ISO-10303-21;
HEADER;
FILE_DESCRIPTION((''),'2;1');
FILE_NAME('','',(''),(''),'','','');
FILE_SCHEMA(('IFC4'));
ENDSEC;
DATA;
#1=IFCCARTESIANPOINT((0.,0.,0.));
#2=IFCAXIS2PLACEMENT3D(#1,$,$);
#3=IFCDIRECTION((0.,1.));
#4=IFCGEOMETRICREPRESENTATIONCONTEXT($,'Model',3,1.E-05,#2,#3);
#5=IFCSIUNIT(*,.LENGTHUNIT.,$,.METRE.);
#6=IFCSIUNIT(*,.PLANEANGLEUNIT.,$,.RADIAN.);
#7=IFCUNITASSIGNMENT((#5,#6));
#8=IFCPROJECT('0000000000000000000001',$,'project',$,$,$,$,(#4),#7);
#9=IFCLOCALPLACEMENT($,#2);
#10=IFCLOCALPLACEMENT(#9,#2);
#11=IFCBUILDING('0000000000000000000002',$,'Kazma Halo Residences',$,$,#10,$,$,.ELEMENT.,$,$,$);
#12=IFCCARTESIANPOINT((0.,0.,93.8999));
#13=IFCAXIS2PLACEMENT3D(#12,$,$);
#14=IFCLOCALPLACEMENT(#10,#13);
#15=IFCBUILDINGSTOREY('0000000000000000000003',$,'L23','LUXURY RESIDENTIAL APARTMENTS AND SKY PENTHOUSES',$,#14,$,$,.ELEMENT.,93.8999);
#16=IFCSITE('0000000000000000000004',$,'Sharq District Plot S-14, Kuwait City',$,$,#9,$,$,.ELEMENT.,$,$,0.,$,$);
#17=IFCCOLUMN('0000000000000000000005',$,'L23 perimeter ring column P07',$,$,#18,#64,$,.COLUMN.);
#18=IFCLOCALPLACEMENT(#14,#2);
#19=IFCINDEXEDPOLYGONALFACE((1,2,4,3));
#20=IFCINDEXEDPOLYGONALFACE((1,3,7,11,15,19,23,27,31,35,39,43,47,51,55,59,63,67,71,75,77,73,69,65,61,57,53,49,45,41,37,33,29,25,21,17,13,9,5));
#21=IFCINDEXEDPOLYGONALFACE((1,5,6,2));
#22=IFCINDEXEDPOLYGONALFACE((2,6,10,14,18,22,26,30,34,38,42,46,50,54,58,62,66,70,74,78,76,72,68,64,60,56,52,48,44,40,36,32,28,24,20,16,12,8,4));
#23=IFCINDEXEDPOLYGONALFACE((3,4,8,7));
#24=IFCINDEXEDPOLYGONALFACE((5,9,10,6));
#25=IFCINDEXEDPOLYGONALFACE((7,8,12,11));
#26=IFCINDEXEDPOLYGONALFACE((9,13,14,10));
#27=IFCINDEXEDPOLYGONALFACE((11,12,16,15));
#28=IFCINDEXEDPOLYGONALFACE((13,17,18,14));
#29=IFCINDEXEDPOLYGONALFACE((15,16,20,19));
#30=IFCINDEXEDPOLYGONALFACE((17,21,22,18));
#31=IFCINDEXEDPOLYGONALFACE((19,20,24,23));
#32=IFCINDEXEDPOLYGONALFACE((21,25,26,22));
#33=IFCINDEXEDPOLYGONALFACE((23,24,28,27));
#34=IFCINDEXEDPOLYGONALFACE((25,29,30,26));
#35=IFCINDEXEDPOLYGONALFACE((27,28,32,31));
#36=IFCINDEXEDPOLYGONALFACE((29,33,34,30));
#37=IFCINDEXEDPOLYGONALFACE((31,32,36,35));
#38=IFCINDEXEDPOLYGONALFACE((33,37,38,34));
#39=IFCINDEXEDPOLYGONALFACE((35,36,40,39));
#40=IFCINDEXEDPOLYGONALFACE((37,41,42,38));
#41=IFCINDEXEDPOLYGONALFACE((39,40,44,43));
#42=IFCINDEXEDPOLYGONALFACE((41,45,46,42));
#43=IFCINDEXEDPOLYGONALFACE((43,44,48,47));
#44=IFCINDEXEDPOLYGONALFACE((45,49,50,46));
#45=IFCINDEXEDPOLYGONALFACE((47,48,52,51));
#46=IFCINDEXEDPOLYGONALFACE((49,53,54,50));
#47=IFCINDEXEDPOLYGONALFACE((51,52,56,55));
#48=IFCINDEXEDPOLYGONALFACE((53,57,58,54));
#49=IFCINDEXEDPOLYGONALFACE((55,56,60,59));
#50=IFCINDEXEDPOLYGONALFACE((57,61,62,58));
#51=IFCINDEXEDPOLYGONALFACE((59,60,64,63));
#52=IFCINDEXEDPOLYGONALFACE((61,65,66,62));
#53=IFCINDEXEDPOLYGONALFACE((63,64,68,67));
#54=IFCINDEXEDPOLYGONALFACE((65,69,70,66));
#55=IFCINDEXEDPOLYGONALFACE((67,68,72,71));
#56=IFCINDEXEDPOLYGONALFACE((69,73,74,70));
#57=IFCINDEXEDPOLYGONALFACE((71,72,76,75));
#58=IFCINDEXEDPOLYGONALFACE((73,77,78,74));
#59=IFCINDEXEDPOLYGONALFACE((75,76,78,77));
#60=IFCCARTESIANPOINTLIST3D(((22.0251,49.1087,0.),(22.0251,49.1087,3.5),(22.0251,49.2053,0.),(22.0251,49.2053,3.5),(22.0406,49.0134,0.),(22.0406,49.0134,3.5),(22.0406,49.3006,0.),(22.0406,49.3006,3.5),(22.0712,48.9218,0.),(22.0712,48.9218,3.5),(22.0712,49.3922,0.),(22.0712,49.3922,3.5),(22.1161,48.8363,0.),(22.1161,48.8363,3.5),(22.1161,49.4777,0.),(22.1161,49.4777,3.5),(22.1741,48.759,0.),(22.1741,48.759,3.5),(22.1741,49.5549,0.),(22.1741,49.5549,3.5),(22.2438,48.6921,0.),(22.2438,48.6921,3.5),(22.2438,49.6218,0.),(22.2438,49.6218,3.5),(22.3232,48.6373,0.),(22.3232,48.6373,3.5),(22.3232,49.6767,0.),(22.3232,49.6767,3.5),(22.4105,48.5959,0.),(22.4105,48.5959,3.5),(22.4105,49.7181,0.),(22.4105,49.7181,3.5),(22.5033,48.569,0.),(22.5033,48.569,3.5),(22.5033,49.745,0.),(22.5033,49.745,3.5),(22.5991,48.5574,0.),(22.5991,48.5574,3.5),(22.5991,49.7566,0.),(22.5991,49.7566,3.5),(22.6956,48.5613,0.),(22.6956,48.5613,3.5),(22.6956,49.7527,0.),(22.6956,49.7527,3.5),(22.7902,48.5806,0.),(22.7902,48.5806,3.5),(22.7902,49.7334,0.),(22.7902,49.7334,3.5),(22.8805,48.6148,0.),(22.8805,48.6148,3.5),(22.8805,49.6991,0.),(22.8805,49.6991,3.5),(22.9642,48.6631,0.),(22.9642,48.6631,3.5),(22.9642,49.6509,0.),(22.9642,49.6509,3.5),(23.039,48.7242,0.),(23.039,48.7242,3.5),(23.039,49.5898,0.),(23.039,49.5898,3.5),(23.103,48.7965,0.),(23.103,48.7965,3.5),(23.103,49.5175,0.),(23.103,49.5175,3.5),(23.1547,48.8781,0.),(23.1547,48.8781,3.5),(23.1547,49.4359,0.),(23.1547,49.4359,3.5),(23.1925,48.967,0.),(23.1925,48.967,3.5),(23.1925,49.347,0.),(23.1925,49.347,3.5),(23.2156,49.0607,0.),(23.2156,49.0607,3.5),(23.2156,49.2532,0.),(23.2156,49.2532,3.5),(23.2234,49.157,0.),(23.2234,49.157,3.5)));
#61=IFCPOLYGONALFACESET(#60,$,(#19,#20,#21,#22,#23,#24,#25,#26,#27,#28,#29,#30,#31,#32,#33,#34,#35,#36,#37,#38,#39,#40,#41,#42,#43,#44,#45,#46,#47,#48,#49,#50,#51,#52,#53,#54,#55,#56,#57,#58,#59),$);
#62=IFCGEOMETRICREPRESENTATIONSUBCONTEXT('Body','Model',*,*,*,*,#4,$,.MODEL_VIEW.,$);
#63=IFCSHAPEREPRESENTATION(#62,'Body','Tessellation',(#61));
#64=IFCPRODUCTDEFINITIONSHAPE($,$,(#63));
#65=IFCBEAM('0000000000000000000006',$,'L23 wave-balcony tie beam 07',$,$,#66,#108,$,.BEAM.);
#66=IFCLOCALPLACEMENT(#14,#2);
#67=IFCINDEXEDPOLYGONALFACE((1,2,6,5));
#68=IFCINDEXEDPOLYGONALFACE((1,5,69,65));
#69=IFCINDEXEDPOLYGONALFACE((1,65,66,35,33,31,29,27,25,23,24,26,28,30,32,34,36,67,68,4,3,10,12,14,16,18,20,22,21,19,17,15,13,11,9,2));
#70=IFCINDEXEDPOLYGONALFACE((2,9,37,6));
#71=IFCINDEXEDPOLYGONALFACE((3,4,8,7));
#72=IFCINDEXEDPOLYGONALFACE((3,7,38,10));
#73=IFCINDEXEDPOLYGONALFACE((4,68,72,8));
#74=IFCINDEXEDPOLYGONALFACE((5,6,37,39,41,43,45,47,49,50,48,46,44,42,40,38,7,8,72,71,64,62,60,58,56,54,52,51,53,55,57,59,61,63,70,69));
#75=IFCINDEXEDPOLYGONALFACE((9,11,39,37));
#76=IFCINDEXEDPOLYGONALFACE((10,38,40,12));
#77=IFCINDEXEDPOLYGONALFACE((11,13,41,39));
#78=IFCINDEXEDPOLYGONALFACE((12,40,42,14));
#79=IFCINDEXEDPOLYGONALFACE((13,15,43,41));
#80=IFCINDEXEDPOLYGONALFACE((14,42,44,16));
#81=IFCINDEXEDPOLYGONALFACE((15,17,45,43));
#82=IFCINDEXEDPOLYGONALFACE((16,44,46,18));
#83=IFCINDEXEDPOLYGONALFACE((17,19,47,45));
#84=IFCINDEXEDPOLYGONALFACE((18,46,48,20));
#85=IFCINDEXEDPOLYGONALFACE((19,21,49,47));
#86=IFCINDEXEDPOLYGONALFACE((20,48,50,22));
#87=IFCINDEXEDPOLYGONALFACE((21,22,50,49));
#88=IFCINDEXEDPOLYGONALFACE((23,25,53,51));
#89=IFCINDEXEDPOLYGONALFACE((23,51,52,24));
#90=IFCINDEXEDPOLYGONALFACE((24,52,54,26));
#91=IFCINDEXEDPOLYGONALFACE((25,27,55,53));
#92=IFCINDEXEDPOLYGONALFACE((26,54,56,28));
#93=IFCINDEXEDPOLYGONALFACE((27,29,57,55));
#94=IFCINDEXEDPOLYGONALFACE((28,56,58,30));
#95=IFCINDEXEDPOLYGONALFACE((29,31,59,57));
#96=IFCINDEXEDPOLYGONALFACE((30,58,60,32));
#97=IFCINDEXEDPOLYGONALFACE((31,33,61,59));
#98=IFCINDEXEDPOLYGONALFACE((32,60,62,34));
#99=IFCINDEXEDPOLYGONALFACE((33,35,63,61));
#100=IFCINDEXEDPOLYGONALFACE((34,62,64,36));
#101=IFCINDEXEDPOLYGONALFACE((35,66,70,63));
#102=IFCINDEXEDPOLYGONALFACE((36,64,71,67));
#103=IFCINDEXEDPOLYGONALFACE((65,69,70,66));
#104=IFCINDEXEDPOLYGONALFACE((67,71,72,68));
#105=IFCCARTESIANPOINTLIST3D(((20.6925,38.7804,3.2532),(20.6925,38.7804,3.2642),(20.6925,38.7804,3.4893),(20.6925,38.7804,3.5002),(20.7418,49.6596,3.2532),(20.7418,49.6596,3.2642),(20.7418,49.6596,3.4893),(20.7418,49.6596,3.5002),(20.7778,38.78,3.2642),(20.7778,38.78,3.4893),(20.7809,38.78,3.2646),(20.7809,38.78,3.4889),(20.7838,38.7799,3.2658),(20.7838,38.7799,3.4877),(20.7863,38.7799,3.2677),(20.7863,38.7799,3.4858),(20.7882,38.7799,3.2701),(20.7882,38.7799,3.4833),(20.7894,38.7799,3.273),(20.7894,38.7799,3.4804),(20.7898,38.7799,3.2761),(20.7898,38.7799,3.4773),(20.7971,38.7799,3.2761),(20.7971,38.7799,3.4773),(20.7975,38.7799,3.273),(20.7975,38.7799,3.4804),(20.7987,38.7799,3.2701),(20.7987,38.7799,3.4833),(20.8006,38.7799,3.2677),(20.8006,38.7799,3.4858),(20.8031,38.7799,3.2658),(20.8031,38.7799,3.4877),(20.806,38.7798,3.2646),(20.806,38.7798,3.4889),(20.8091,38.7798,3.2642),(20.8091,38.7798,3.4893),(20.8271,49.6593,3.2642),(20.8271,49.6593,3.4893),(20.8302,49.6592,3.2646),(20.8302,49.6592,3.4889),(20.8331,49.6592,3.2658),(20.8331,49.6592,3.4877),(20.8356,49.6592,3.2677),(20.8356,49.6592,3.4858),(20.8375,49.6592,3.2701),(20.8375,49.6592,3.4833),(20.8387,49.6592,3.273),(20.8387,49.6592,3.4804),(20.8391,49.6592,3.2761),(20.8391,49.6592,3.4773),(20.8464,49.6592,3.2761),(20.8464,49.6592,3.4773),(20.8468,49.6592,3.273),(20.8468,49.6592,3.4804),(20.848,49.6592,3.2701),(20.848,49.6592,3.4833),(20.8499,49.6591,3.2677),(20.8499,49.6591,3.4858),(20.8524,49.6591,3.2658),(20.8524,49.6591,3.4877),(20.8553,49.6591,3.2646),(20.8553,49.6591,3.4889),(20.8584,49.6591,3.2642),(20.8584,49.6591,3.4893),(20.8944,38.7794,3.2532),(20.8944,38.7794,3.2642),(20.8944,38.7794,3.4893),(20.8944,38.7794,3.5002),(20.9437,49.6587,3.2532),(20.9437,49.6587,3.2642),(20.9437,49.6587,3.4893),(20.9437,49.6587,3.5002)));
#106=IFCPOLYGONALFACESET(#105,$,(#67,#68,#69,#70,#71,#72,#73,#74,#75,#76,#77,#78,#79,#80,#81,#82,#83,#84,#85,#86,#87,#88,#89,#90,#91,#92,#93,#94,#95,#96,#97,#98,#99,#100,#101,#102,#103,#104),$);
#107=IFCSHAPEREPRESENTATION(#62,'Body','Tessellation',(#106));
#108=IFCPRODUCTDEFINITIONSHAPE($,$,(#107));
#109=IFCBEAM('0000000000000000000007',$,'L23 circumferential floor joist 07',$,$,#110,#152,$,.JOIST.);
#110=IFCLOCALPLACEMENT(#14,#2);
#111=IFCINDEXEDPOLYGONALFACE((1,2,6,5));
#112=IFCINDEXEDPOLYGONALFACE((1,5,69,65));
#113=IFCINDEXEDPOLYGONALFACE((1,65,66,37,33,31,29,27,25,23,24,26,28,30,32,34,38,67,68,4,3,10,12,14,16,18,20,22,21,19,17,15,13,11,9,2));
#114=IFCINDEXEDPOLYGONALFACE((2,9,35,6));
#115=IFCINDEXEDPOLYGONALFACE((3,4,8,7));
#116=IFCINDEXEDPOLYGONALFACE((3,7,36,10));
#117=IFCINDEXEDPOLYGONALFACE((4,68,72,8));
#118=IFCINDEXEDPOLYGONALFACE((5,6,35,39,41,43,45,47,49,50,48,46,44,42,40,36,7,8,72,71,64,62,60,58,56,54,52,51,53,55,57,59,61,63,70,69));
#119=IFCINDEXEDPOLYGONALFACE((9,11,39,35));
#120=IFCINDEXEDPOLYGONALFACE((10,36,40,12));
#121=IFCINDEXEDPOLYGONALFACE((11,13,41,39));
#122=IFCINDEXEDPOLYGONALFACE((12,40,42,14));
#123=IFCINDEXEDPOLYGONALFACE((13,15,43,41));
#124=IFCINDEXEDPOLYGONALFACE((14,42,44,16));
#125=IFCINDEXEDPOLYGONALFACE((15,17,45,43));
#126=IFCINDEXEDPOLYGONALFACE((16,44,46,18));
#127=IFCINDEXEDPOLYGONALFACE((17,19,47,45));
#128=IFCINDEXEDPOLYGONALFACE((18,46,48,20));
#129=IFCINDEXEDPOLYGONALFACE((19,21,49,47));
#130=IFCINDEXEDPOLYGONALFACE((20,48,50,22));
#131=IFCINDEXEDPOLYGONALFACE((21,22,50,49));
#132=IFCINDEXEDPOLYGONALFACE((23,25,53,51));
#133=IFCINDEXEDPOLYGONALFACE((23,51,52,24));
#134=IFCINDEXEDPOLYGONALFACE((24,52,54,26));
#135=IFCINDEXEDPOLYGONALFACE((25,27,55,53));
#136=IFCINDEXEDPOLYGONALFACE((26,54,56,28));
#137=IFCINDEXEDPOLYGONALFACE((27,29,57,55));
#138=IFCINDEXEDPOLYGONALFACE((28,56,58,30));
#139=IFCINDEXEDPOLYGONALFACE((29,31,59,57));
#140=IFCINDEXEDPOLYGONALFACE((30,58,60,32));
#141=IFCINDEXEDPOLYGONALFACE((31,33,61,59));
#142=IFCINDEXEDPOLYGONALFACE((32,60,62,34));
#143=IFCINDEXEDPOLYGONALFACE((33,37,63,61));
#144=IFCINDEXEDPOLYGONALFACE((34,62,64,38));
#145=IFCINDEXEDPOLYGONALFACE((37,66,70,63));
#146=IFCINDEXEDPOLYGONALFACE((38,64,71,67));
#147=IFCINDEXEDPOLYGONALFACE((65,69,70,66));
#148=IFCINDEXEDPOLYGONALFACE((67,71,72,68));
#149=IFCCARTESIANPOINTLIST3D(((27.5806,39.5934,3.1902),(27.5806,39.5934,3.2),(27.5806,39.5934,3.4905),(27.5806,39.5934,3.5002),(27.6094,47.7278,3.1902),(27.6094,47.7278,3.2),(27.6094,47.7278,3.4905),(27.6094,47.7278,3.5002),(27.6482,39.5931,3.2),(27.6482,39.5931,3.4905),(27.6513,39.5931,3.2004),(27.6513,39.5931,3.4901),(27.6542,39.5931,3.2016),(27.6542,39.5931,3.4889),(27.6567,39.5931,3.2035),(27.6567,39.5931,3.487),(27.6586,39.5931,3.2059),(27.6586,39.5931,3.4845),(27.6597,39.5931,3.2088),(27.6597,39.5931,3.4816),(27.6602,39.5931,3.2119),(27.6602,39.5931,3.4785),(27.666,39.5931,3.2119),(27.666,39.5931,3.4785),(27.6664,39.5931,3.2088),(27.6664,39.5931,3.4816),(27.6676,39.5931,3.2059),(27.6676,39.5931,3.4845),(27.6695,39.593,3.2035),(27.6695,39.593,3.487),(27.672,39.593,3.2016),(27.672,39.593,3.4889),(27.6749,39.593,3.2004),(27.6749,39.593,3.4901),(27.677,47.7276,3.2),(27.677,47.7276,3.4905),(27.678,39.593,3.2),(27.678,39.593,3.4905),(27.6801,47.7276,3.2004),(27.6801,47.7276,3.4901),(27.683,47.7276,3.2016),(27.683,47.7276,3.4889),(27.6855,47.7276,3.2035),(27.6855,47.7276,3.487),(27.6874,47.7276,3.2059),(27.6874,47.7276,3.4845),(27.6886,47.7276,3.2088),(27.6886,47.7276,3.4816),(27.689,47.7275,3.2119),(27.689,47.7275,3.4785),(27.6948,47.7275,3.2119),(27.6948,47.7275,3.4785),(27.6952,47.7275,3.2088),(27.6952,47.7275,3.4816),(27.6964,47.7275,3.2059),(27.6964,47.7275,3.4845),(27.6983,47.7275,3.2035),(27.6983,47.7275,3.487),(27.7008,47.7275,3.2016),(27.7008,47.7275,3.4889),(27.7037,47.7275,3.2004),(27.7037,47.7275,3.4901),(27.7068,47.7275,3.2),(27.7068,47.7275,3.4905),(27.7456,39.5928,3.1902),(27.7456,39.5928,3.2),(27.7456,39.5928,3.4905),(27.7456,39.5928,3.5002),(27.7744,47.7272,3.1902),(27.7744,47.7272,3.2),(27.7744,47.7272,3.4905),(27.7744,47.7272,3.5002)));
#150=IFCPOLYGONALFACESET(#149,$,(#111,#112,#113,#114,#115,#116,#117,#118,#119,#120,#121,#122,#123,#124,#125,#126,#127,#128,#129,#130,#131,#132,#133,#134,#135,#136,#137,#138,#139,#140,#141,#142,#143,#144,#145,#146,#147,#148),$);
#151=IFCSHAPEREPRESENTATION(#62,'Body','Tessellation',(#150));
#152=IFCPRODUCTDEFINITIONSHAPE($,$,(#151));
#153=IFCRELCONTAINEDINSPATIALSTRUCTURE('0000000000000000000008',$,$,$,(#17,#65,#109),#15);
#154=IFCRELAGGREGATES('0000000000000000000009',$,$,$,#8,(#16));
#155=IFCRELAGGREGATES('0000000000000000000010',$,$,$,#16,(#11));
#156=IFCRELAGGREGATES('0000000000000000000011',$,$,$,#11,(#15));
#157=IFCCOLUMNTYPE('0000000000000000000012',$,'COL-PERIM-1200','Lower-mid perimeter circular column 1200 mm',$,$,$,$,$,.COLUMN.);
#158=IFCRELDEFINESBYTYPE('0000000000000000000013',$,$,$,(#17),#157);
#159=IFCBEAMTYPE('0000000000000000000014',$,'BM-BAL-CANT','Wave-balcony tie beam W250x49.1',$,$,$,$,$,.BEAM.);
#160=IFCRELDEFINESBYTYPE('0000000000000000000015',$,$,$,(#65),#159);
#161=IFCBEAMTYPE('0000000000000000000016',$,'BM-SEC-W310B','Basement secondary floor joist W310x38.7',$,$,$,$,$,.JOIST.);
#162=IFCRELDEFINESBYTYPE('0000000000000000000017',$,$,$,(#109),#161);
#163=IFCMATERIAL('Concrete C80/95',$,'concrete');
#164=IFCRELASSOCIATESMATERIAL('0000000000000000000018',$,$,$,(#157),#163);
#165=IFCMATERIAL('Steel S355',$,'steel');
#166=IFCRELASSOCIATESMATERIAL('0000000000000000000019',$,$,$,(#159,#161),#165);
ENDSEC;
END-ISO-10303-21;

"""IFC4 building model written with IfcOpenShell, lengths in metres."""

from ifc_helpers import new_model, si_unit, direction, frame, origin, origin_2d, place, context, subcontext, project, spatial, circle, i_section, extrude, material, material_profile, profile_set, type_object, element, save


model = new_model("IFC4")

# Units and contexts
model_context = context("Model", 3, precision=1e-05, world=origin(), true_north=direction((0.0, 1.0)))
body_context = subcontext(model_context, "Body", "Model", "MODEL_VIEW")
ifc_project = project(units=[si_unit("LENGTHUNIT", "METRE"), si_unit("PLANEANGLEUNIT", "RADIAN")], contexts=[model_context])

# Site, building, storey
site_placement = place(None, origin())
site = spatial("IfcSite", under=ifc_project, at=site_placement, Name="Sharq District Plot S-14, Kuwait City", CompositionType="ELEMENT", RefElevation=0.0)
building_placement = place(site_placement, origin())
building = spatial("IfcBuilding", under=site, at=building_placement, Name="Kazma Halo Residences", CompositionType="ELEMENT")
storey_placement = place(building_placement, frame((0.0, 0.0, 93.8999)))
storey = spatial("IfcBuildingStorey", under=building, at=storey_placement, Name="L23", Description="LUXURY RESIDENTIAL APARTMENTS AND SKY PENTHOUSES", CompositionType="ELEMENT", Elevation=93.8999)

# Column
ifc_material_1 = material(Name="Concrete C80/95", Category="concrete")
ifc_material_profile_1 = material_profile(ifc_material_1, circle(Radius=0.6001, at=origin_2d()), Name="CIRC1200")
ifc_profile_set_1 = profile_set([ifc_material_profile_1], Name="Concrete C80/95")
column_type = type_object("IfcColumnType", Name="COL-PERIM-1200", Description="Lower-mid perimeter circular column 1200 mm", PredefinedType="COLUMN", material=ifc_profile_set_1)
column_placement = place(storey_placement, frame((22.6233, 49.157, 0.0), z_axis=(0.0, 0.0, 1.0), x_axis=(1.0, 0.0, 0.0)))
element("IfcColumn", 1, at=column_placement, inside=storey, type_object=column_type, Name="L23 perimeter ring column P07", PredefinedType="COLUMN", context=body_context, shape_type="SweptSolid", body=[
    extrude(circle(Radius=0.6001, at=origin_2d()), origin(), (0.0, 0.0, 1.0), 3.5),
])

# Beams
ifc_material_2 = material(Name="Steel S355", Category="steel")
ifc_material_profile_2 = material_profile(ifc_material_2, i_section(OverallWidth=0.2019, OverallDepth=0.2471, WebThickness=0.0073, FlangeThickness=0.011, FilletRadius=0.012, at=origin_2d()), Name="W250x49.1")
ifc_profile_set_2 = profile_set([ifc_material_profile_2], Name="Steel S355")
beam_type_1 = type_object("IfcBeamType", Name="BM-BAL-CANT", Description="Wave-balcony tie beam W250x49.1", PredefinedType="BEAM", material=ifc_profile_set_2)
beam_1_placement = place(storey_placement, frame((20.8428, 49.6592, 3.3767), z_axis=(-0.004533, -0.99999, 0.0), x_axis=(0.99999, -0.004533, 0.0)))
element("IfcBeam", 2, at=beam_1_placement, inside=storey, type_object=beam_type_1, Name="L23 wave-balcony tie beam 07", PredefinedType="BEAM", context=body_context, shape_type="SweptSolid", body=[
    extrude(i_section(OverallWidth=0.2019, OverallDepth=0.2471, WebThickness=0.0073, FlangeThickness=0.011, FilletRadius=0.012, at=origin_2d()), origin(), (0.0, 0.0, 1.0), 10.8794),
])
ifc_material_profile_3 = material_profile(ifc_material_2, i_section(OverallWidth=0.165, OverallDepth=0.3101, WebThickness=0.0059, FlangeThickness=0.0098, FilletRadius=0.012, at=origin_2d()), Name="W310x38.7")
ifc_profile_set_3 = profile_set([ifc_material_profile_3], Name="Steel S355")
beam_type_2 = type_object("IfcBeamType", Name="BM-SEC-W310B", Description="Basement secondary floor joist W310x38.7", PredefinedType="JOIST", material=ifc_profile_set_3)
beam_2_placement = place(storey_placement, frame((27.6919, 47.7275, 3.3452), z_axis=(-0.003542, -0.999994, 0.0), x_axis=(0.999994, -0.003542, 0.0)))
element("IfcBeam", 3, at=beam_2_placement, inside=storey, type_object=beam_type_2, Name="L23 circumferential floor joist 07", PredefinedType="JOIST", context=body_context, shape_type="SweptSolid", body=[
    extrude(i_section(OverallWidth=0.165, OverallDepth=0.3101, WebThickness=0.0059, FlangeThickness=0.0098, FilletRadius=0.012, at=origin_2d()), origin(), (0.0, 0.0, 1.0), 8.1345),
])

save(model, "model.ifc")
